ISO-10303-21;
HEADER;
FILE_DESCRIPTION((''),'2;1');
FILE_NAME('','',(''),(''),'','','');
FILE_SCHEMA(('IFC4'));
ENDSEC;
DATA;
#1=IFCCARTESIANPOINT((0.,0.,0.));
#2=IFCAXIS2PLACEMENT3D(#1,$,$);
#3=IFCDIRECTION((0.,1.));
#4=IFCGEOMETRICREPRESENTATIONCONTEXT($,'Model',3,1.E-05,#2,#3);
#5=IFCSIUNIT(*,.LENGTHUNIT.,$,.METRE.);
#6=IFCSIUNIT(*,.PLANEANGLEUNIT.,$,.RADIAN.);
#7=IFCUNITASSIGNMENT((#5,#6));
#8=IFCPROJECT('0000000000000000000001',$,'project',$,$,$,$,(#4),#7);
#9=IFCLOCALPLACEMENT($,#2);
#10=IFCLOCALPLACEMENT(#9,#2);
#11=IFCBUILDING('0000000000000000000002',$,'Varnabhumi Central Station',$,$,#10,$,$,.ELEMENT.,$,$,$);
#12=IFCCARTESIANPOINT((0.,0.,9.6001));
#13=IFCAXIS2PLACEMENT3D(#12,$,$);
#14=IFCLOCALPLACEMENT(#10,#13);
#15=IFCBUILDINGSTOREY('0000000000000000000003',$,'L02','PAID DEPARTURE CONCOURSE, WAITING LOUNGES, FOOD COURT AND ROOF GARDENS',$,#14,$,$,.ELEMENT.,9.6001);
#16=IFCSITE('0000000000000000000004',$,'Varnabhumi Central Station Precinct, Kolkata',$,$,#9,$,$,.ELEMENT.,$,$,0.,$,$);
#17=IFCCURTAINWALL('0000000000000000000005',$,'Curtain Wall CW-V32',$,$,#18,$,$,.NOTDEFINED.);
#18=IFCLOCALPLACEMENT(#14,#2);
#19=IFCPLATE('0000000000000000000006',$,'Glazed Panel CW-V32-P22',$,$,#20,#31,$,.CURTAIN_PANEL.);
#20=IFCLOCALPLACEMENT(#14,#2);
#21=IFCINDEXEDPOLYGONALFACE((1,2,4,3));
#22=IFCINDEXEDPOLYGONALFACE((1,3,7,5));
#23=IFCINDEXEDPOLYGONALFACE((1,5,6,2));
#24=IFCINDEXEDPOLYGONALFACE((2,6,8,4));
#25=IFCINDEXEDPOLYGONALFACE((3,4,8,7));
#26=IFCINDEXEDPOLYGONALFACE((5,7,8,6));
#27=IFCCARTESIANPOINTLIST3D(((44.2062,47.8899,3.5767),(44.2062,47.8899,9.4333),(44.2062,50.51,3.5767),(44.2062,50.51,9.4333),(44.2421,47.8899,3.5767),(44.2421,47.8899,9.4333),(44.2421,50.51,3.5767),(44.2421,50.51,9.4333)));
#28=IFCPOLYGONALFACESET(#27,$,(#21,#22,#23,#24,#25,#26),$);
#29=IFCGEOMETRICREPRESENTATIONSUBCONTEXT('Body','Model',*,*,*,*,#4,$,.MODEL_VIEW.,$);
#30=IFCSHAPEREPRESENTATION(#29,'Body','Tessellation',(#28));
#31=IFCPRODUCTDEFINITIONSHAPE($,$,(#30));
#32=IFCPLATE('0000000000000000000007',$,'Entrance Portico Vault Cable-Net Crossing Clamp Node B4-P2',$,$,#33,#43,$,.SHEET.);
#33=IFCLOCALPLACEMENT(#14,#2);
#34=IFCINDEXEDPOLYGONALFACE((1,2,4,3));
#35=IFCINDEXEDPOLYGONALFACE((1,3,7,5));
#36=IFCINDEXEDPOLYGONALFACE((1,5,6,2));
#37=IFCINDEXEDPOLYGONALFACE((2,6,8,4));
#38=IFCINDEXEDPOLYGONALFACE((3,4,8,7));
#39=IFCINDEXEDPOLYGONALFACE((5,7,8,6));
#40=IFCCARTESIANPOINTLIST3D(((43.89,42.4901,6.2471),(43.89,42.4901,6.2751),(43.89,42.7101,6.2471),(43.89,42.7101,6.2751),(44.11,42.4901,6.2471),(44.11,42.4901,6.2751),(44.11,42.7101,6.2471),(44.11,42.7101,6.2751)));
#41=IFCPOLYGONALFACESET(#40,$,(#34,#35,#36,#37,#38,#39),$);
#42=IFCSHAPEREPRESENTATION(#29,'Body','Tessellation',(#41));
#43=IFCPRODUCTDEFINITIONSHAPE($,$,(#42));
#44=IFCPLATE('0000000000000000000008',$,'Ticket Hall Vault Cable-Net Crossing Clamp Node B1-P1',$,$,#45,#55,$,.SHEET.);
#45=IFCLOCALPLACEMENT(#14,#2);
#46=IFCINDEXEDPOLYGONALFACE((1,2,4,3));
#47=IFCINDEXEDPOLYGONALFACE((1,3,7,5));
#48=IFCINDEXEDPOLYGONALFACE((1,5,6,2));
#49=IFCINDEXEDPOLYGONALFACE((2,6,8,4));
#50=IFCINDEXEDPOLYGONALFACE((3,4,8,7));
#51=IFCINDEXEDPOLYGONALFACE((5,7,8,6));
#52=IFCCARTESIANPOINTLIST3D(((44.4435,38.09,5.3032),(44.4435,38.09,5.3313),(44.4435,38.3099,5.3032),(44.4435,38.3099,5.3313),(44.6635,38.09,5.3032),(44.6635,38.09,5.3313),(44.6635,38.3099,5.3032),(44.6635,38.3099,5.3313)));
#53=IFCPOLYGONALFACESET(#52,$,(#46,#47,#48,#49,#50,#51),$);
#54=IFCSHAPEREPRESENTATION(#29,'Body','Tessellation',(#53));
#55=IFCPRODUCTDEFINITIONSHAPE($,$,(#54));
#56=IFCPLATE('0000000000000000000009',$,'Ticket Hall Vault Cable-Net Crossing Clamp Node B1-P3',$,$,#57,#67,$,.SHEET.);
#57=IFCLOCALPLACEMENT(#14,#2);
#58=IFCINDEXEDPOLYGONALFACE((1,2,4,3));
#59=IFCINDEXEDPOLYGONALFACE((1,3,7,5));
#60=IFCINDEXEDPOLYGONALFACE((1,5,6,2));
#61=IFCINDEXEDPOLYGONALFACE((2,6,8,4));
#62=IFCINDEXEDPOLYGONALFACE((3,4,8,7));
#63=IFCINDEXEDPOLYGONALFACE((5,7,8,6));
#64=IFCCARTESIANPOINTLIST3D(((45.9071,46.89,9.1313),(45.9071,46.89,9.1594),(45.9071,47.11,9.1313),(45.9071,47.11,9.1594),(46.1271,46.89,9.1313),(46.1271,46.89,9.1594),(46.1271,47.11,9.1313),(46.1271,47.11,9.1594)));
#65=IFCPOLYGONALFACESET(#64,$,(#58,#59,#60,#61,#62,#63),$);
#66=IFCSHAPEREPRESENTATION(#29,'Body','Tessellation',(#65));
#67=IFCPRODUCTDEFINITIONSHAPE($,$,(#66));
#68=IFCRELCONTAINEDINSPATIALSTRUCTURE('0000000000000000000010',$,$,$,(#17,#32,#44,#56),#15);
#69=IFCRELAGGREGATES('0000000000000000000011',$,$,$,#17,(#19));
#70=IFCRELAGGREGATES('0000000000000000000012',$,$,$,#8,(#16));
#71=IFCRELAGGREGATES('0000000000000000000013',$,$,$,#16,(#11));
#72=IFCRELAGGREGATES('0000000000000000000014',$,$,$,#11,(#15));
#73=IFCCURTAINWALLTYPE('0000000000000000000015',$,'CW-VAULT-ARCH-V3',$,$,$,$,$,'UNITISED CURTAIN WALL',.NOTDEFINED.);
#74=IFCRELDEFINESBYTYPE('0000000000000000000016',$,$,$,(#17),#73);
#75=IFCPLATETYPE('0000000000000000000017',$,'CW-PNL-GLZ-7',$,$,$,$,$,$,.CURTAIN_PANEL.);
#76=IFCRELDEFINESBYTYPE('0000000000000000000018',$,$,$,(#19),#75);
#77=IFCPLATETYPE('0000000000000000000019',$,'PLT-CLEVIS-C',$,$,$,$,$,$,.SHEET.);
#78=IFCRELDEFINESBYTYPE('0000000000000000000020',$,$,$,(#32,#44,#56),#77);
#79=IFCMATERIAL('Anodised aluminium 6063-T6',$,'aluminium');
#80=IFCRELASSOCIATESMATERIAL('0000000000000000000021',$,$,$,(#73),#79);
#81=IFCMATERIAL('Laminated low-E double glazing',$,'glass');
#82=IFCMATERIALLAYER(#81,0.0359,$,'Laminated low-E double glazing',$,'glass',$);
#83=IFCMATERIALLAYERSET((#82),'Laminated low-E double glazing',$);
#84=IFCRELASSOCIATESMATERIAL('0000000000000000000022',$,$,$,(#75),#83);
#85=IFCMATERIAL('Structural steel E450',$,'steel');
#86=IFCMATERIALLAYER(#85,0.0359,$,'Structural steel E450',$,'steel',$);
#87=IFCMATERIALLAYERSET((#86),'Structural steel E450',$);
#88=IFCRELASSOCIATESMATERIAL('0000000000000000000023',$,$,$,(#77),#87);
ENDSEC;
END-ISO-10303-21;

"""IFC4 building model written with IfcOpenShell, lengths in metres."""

from ifc_helpers import new_model, si_unit, direction, frame, origin, origin_2d, place, context, subcontext, project, spatial, rectangle, extrude, material, layer, layer_set, type_object, element, aggregate, save


model = new_model("IFC4")

# Units and contexts
model_context = context("Model", 3, precision=1e-05, world=origin(), true_north=direction((0.0, 1.0)))
body_context = subcontext(model_context, "Body", "Model", "MODEL_VIEW")
ifc_project = project(units=[si_unit("LENGTHUNIT", "METRE"), si_unit("PLANEANGLEUNIT", "RADIAN")], contexts=[model_context])

# Site, building, storey
site_placement = place(None, origin())
site = spatial("IfcSite", under=ifc_project, at=site_placement, Name="Varnabhumi Central Station Precinct, Kolkata", CompositionType="ELEMENT", RefElevation=0.0)
building_placement = place(site_placement, origin())
building = spatial("IfcBuilding", under=site, at=building_placement, Name="Varnabhumi Central Station", CompositionType="ELEMENT")
storey_placement = place(building_placement, frame((0.0, 0.0, 9.6001)))
storey = spatial("IfcBuildingStorey", under=building, at=storey_placement, Name="L02", Description="PAID DEPARTURE CONCOURSE, WAITING LOUNGES, FOOD COURT AND ROOF GARDENS", CompositionType="ELEMENT", Elevation=9.6001)

# Shared definitions
ifc_material_1 = material(Name="Structural steel E450", Category="steel")

# Curtain wall
ifc_material_2 = material(Name="Anodised aluminium 6063-T6", Category="aluminium")
curtain_wall_type = type_object("IfcCurtainWallType", Name="CW-VAULT-ARCH-V3", ElementType="UNITISED CURTAIN WALL", PredefinedType="NOTDEFINED", material=ifc_material_2)
curtain_wall_placement = place(storey_placement, origin())
curtain_wall = element("IfcCurtainWall", 1, at=curtain_wall_placement, inside=storey, type_object=curtain_wall_type, Name="Curtain Wall CW-V32", PredefinedType="NOTDEFINED")

# Plate
ifc_material_3 = material(Name="Laminated low-E double glazing", Category="glass")
ifc_layer_1 = layer(ifc_material_3, 0.0359, Name="Laminated low-E double glazing", Category="glass")
ifc_layer_set_1 = layer_set([ifc_layer_1], Name="Laminated low-E double glazing")
plate_type_1 = type_object("IfcPlateType", Name="CW-PNL-GLZ-7", PredefinedType="CURTAIN_PANEL", material=ifc_layer_set_1)
plate_1_placement = place(storey_placement, frame((44.2241, 49.2, 3.5767), z_axis=(0.0, 0.0, 1.0), x_axis=(0.0, 1.0, 0.0)))
plate_1 = element("IfcPlate", 2, at=plate_1_placement, type_object=plate_type_1, Name="Glazed Panel CW-V32-P22", PredefinedType="CURTAIN_PANEL", context=body_context, shape_type="SweptSolid", body=[
    extrude(rectangle(XDim=2.6201, YDim=0.0359, at=origin_2d()), origin(), (0.0, 0.0, 1.0), 5.8567),
])
aggregate(curtain_wall, [plate_1])

# Plates
ifc_layer_2 = layer(ifc_material_1, 0.0359, Name="Structural steel E450", Category="steel")
ifc_layer_set_2 = layer_set([ifc_layer_2], Name="Structural steel E450")
plate_type_2 = type_object("IfcPlateType", Name="PLT-CLEVIS-C", PredefinedType="SHEET", material=ifc_layer_set_2)
for number, where, z_axis, x_axis, name in (
    (3, (44.0, 42.6001, 6.2471), (0.0, 0.0, 1.0), (1.0, 0.0, 0.0), "Entrance Portico Vault Cable-Net Crossing Clamp Node B4-P2"),
    (4, (44.5535, 38.2, 5.3032), (0.0, 0.0, 1.0), (1.0, 0.0, 0.0), "Ticket Hall Vault Cable-Net Crossing Clamp Node B1-P1"),
    (5, (46.0171, 47.0, 9.1313), (0.0, 0.0, 1.0), (1.0, 0.0, 0.0), "Ticket Hall Vault Cable-Net Crossing Clamp Node B1-P3"),
):
    element("IfcPlate", number, at=place(storey_placement, frame(where, z_axis=z_axis, x_axis=x_axis)), inside=storey, type_object=plate_type_2, Name=name, PredefinedType="SHEET", context=body_context, shape_type="SweptSolid", body=[
        extrude(rectangle(XDim=0.22, YDim=0.22, at=origin_2d()), origin(), (0.0, 0.0, 1.0), 0.0281),
    ])

save(model, "model.ifc")
